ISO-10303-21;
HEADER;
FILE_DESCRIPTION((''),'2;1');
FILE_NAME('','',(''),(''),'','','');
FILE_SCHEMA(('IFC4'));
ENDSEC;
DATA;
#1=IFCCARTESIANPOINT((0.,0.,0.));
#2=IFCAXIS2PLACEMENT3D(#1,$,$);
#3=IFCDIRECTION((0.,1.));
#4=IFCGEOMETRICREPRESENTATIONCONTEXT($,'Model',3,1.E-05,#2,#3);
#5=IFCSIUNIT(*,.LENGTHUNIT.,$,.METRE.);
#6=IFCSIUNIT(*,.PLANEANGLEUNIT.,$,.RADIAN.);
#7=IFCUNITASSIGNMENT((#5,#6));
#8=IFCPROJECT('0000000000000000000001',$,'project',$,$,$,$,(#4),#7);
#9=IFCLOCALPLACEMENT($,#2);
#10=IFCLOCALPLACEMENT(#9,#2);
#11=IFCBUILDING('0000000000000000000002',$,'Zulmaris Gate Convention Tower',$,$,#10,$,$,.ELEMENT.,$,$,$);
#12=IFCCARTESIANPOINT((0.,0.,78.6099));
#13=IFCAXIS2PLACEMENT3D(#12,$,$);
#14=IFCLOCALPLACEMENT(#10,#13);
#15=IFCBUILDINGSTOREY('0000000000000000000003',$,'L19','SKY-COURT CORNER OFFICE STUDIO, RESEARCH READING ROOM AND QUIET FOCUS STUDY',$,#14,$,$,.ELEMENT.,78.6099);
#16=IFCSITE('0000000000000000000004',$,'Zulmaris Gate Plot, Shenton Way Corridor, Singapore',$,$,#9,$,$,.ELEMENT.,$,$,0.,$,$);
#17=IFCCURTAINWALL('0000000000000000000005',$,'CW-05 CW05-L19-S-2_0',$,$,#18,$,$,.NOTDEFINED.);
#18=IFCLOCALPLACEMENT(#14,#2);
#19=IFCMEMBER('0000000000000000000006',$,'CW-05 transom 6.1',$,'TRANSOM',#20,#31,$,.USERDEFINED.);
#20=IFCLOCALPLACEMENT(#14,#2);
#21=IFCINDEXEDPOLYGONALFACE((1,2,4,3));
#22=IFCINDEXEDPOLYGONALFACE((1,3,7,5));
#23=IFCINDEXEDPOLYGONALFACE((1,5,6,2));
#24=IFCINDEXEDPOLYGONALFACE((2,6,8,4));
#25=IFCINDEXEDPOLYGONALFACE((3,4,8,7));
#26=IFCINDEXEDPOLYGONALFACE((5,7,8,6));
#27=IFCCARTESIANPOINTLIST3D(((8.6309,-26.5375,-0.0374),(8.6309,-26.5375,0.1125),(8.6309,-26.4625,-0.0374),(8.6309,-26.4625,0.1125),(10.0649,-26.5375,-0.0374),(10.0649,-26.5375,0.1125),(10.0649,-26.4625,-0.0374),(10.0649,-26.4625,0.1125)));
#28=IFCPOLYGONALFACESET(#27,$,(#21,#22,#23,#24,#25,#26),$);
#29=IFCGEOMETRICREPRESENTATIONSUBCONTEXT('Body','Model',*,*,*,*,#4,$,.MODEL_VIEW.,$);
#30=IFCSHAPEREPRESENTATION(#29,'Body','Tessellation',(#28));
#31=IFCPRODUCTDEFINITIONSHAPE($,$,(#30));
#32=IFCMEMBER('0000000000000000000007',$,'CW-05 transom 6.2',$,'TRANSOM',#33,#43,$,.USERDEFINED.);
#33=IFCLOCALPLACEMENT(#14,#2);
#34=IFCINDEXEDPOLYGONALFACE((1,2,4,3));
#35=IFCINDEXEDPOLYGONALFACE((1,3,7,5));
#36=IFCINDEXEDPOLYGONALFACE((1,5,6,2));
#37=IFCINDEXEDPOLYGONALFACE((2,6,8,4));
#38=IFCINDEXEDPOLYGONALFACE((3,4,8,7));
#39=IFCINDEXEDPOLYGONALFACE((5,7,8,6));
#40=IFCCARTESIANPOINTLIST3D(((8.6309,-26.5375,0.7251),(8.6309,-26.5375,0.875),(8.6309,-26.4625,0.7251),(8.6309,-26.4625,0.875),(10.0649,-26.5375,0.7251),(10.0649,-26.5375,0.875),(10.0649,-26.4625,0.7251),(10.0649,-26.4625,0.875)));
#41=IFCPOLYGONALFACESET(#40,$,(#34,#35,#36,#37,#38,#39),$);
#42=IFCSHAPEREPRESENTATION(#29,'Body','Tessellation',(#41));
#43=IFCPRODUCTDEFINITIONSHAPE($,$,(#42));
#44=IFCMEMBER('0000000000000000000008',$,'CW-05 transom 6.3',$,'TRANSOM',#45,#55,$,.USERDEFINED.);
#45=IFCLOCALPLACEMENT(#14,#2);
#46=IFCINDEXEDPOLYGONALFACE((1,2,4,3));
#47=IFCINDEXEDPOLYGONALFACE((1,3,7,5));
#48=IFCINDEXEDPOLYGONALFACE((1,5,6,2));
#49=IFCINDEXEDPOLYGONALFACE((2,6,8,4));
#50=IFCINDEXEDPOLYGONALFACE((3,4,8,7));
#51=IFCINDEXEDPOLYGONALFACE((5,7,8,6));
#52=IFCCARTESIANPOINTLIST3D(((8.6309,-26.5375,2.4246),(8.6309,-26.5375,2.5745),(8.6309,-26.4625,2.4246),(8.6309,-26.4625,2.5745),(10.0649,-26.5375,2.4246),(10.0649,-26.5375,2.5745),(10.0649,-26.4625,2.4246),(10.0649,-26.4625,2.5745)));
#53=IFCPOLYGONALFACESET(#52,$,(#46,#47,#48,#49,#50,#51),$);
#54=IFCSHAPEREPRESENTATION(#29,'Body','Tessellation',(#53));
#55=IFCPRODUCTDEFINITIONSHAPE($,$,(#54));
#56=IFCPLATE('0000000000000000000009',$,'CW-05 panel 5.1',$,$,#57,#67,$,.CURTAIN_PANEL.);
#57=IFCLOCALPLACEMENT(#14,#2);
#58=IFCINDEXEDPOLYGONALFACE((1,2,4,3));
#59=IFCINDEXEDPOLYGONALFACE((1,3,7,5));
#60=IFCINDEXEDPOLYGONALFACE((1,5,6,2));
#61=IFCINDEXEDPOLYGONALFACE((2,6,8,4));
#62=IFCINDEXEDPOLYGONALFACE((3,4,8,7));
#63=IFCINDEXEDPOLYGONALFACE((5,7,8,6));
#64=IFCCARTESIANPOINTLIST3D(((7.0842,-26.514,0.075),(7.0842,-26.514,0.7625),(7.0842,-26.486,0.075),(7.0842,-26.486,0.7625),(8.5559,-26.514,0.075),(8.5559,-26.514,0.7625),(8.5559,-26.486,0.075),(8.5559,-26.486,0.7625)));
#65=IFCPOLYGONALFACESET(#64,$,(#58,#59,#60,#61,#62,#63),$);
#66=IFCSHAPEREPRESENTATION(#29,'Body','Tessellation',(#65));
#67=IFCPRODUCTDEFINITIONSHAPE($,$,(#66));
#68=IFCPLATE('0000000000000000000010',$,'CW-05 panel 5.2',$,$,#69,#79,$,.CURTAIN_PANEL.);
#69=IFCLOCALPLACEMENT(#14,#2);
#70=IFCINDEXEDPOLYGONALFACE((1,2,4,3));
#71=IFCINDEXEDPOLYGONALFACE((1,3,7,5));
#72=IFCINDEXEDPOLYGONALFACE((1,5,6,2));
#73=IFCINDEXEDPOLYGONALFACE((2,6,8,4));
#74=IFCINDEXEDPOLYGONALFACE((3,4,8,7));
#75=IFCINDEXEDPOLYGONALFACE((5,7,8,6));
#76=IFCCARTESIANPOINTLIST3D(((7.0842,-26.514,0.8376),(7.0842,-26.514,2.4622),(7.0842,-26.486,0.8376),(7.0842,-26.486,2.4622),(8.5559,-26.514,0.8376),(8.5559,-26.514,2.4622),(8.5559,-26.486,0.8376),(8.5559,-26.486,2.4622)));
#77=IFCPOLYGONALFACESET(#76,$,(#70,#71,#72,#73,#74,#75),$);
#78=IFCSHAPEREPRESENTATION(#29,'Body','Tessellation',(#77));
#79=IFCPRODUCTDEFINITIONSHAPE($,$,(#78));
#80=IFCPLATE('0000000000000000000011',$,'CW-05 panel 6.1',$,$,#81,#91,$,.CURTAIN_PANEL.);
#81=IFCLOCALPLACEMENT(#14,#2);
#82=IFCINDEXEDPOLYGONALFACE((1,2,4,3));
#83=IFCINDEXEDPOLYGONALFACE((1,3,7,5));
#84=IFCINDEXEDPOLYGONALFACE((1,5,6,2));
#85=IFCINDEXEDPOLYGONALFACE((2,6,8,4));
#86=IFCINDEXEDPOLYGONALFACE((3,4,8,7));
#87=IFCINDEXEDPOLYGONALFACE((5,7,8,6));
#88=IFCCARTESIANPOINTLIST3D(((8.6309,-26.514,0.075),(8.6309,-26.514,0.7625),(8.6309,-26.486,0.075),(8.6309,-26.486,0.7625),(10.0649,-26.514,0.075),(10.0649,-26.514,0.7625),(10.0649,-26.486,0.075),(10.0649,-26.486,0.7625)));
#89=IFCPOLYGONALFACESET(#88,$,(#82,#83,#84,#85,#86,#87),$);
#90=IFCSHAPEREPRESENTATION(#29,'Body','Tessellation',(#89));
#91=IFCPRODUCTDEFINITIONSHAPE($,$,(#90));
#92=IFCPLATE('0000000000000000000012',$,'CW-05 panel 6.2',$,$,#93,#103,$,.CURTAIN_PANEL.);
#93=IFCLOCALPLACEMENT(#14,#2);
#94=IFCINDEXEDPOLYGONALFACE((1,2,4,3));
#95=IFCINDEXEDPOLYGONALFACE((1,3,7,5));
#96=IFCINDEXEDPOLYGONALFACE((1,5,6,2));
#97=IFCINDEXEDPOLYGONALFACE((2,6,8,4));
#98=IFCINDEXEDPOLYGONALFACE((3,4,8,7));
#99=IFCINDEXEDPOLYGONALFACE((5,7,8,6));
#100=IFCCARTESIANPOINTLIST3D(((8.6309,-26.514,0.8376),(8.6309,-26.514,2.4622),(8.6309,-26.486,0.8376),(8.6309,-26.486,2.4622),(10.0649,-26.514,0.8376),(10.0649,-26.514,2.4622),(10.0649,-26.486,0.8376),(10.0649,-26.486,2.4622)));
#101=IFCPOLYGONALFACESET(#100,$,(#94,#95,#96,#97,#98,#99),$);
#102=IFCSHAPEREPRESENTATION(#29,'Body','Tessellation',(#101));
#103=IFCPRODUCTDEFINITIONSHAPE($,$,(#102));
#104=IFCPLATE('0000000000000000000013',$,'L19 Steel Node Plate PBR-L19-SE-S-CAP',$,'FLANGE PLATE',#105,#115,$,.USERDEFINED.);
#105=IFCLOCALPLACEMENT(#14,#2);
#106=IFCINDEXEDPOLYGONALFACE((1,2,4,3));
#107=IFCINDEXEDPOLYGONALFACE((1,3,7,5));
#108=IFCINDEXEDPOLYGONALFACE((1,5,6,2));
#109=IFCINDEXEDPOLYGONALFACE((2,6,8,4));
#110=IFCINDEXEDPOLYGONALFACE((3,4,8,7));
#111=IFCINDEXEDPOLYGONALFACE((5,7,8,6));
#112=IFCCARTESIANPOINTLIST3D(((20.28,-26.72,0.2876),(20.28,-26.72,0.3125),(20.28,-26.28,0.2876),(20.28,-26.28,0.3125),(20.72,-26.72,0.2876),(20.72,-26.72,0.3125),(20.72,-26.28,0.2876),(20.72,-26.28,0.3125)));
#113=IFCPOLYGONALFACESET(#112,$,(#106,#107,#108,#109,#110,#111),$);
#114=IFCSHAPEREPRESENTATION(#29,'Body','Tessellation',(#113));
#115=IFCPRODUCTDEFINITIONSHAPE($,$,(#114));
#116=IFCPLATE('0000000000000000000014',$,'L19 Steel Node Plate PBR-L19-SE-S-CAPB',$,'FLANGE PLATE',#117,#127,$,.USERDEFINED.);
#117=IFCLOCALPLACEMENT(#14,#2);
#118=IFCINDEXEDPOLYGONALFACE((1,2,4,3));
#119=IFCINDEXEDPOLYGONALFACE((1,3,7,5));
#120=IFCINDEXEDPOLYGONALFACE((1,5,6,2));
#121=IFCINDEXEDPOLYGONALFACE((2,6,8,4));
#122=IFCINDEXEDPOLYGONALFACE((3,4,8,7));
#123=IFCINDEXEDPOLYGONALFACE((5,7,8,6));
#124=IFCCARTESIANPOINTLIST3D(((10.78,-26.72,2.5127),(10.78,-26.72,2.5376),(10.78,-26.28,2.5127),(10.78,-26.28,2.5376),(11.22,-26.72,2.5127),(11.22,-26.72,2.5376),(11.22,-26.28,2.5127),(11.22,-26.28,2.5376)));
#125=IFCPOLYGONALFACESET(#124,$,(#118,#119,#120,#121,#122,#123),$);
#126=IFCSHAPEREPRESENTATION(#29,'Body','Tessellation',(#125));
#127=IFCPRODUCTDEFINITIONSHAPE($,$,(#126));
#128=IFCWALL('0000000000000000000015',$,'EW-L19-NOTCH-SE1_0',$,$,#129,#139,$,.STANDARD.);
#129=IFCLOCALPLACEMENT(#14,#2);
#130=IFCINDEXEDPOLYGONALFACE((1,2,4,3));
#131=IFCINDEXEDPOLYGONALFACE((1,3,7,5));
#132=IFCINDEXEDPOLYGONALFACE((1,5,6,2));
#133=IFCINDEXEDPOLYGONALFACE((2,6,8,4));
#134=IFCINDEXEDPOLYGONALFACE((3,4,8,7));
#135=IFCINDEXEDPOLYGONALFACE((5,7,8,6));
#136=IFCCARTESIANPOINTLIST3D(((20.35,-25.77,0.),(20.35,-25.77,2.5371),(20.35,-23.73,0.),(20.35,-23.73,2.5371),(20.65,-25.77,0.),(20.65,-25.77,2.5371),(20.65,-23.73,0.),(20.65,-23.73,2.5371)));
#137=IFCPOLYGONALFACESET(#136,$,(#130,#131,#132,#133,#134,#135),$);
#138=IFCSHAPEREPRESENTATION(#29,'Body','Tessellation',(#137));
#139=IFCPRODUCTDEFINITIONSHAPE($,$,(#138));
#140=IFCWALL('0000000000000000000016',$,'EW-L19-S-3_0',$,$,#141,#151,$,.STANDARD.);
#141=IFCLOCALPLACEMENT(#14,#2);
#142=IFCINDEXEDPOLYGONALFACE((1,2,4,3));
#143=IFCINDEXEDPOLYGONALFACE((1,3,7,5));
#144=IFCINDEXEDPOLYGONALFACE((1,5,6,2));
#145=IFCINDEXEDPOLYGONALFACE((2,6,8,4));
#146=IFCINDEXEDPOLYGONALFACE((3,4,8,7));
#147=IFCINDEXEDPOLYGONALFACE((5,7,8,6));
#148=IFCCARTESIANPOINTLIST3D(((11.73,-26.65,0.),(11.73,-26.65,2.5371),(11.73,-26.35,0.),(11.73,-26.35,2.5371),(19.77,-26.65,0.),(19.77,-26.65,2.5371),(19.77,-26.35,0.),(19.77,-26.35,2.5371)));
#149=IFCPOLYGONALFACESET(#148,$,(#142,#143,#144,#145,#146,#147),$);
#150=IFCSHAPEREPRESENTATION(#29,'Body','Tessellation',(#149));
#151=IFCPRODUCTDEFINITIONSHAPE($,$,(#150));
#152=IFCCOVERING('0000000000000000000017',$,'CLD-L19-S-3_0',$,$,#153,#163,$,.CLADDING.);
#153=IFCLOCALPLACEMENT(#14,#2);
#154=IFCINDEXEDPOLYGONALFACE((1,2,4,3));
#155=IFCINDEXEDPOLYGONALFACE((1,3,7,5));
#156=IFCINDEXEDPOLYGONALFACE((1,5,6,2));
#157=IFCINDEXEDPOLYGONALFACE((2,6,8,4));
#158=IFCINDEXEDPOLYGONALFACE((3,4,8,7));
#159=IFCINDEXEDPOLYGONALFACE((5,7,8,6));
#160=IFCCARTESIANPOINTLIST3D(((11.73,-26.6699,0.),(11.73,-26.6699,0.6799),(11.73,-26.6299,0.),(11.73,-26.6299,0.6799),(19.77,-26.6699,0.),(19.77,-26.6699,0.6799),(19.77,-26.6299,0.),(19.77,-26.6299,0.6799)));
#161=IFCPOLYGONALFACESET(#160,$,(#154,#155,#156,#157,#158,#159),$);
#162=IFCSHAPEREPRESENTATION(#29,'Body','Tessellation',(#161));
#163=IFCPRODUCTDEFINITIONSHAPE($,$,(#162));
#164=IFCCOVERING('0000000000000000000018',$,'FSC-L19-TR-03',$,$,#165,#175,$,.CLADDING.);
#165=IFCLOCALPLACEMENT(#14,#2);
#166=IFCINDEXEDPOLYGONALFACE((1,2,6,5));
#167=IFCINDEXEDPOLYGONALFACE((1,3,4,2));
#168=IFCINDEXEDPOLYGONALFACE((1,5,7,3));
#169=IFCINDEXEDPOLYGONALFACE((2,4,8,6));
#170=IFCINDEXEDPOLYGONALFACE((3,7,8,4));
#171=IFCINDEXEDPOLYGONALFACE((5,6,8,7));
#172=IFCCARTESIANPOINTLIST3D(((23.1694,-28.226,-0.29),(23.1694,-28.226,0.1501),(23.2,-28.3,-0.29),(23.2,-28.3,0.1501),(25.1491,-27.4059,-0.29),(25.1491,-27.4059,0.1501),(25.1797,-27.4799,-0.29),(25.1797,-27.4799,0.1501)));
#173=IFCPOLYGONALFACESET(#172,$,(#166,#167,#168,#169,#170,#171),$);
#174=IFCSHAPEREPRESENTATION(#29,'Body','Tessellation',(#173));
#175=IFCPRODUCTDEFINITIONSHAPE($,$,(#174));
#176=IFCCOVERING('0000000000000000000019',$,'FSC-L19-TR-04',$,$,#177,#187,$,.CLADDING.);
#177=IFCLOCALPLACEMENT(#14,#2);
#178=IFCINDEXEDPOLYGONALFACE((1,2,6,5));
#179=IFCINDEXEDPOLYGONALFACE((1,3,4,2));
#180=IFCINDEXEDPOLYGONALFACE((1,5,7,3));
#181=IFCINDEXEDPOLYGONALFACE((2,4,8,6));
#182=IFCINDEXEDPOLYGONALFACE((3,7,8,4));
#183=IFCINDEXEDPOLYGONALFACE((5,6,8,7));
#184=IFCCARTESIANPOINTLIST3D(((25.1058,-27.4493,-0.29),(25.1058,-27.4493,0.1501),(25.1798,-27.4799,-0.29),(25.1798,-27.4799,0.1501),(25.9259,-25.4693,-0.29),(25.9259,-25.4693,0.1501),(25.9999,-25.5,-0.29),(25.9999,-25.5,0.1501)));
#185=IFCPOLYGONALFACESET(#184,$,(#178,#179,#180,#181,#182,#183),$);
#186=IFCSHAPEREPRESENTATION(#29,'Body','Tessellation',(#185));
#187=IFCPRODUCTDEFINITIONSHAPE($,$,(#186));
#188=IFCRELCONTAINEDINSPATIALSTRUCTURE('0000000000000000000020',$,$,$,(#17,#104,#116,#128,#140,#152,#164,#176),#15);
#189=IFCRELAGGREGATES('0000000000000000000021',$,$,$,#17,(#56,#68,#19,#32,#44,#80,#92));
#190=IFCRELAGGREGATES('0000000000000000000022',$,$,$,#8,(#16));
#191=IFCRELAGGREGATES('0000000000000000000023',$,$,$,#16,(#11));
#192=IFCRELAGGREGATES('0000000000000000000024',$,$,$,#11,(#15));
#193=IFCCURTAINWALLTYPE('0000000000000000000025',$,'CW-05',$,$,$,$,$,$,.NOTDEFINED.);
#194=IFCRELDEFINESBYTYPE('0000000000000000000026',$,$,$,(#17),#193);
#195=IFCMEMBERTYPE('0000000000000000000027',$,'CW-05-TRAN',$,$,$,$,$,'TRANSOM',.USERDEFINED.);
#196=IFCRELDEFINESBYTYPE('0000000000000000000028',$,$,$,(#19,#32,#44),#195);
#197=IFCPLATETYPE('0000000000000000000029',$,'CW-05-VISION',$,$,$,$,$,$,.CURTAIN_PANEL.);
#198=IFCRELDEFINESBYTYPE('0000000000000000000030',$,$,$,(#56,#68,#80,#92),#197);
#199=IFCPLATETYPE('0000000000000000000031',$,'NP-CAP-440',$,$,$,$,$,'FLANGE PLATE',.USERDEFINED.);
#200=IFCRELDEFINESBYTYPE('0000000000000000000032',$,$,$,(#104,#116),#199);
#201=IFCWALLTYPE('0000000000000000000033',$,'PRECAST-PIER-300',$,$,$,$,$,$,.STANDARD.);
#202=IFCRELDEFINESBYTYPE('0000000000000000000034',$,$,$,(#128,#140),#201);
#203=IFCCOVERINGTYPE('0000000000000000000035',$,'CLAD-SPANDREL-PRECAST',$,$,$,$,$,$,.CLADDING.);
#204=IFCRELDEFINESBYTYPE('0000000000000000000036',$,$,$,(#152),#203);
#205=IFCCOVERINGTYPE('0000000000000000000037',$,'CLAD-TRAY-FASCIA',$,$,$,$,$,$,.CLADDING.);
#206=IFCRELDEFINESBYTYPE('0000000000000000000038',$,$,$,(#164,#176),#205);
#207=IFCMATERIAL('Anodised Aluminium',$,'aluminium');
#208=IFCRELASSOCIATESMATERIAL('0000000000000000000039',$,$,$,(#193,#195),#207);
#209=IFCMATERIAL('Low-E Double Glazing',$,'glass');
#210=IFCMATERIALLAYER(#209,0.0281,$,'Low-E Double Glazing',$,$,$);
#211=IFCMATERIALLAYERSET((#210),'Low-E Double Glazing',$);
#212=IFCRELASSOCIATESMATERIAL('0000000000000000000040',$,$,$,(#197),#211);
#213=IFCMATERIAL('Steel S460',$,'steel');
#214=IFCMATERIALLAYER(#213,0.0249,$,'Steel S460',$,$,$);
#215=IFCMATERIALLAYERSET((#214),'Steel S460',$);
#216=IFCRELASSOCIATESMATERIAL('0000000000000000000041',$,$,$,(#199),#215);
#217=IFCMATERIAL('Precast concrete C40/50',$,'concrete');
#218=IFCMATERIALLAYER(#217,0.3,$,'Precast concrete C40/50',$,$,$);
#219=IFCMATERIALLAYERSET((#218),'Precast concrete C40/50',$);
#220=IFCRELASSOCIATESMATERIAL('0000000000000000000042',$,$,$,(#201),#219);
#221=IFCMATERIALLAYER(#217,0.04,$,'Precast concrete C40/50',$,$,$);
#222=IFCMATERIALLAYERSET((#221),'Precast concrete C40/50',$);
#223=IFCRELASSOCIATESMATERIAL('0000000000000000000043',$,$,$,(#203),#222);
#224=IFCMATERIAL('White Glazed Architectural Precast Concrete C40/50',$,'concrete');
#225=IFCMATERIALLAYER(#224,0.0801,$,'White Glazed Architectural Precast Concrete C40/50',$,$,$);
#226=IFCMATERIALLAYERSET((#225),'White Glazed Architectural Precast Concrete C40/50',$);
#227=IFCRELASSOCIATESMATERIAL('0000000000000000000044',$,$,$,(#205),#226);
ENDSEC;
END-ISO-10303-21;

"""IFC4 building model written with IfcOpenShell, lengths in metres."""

from ifc_helpers import new_model, si_unit, direction, frame, frame_2d, origin, origin_2d, place, context, subcontext, project, spatial, rectangle, extrude, material, layer, layer_set, material_profile, profile_set, type_object, element, aggregate, save


model = new_model("IFC4")

# Units and contexts
model_context = context("Model", 3, precision=1e-05, world=origin(), true_north=direction((0.0, 1.0)))
body_context = subcontext(model_context, "Body", "Model", "MODEL_VIEW")
ifc_project = project(units=[si_unit("LENGTHUNIT", "METRE"), si_unit("PLANEANGLEUNIT", "RADIAN")], contexts=[model_context])

# Site, building, storey
site_placement = place(None, origin())
site = spatial("IfcSite", under=ifc_project, at=site_placement, Name="Zulmaris Gate Plot, Shenton Way Corridor, Singapore", CompositionType="ELEMENT", RefElevation=0.0)
building_placement = place(site_placement, origin())
building = spatial("IfcBuilding", under=site, at=building_placement, Name="Zulmaris Gate Convention Tower", CompositionType="ELEMENT")
storey_placement = place(building_placement, frame((0.0, 0.0, 78.6099)))
storey = spatial("IfcBuildingStorey", under=building, at=storey_placement, Name="L19", Description="SKY-COURT CORNER OFFICE STUDIO, RESEARCH READING ROOM AND QUIET FOCUS STUDY", CompositionType="ELEMENT", Elevation=78.6099)

# Shared definitions
ifc_material_1 = material(Name="Steel S460", Category="steel")

# Curtain wall, members, plates
ifc_material_2 = material(Name="Anodised Aluminium", Category="aluminium")
curtain_wall_type = type_object("IfcCurtainWallType", Name="CW-05", PredefinedType="NOTDEFINED", material=ifc_material_2)
curtain_wall_placement = place(storey_placement, origin())
curtain_wall = element("IfcCurtainWall", 1, at=curtain_wall_placement, inside=storey, type_object=curtain_wall_type, Name="CW-05 CW05-L19-S-2_0", PredefinedType="NOTDEFINED")
ifc_material_profile_1 = material_profile(ifc_material_2, rectangle(XDim=0.075, YDim=0.1499, at=origin_2d()), Name="ALU TRANSOM 75x150")
ifc_profile_set_1 = profile_set([ifc_material_profile_1], Name="Anodised Aluminium")
member_type_1 = type_object("IfcMemberType", Name="CW-05-TRAN", ElementType="TRANSOM", PredefinedType="USERDEFINED", material=ifc_profile_set_1)
member_1_placement = place(storey_placement, frame((8.6309, -26.5, 0.0376), z_axis=(1.0, 0.0, 0.0), x_axis=(0.0, 1.0, 0.0)))
member_1 = element("IfcMember", 2, at=member_1_placement, type_object=member_type_1, Name="CW-05 transom 6.1", ObjectType="TRANSOM", PredefinedType="USERDEFINED", context=body_context, shape_type="SweptSolid", body=[
    extrude(rectangle(XDim=0.075, YDim=0.1499, at=origin_2d()), origin(), (0.0, 0.0, 1.0), 1.4341),
])
member_2_placement = place(storey_placement, frame((8.6309, -26.5, 0.8), z_axis=(1.0, 0.0, 0.0), x_axis=(0.0, 1.0, 0.0)))
member_2 = element("IfcMember", 3, at=member_2_placement, type_object=member_type_1, Name="CW-05 transom 6.2", ObjectType="TRANSOM", PredefinedType="USERDEFINED", context=body_context, shape_type="SweptSolid", body=[
    extrude(rectangle(XDim=0.075, YDim=0.1499, at=origin_2d()), origin(), (0.0, 0.0, 1.0), 1.4341),
])
member_3_placement = place(storey_placement, frame((8.6309, -26.5, 2.4995), z_axis=(1.0, 0.0, 0.0), x_axis=(0.0, 1.0, 0.0)))
member_3 = element("IfcMember", 4, at=member_3_placement, type_object=member_type_1, Name="CW-05 transom 6.3", ObjectType="TRANSOM", PredefinedType="USERDEFINED", context=body_context, shape_type="SweptSolid", body=[
    extrude(rectangle(XDim=0.075, YDim=0.1499, at=origin_2d()), origin(), (0.0, 0.0, 1.0), 1.4341),
])
ifc_material_3 = material(Name="Low-E Double Glazing", Category="glass")
ifc_layer_1 = layer(ifc_material_3, 0.0281, Name="Low-E Double Glazing")
ifc_layer_set_1 = layer_set([ifc_layer_1], Name="Low-E Double Glazing")
plate_type_1 = type_object("IfcPlateType", Name="CW-05-VISION", PredefinedType="CURTAIN_PANEL", material=ifc_layer_set_1)
plate_1_placement = place(storey_placement, frame((7.8201, -26.5, 0.075), z_axis=(0.0, 0.0, 1.0), x_axis=(1.0, 0.0, 0.0)))
plate_1 = element("IfcPlate", 5, at=plate_1_placement, type_object=plate_type_1, Name="CW-05 panel 5.1", PredefinedType="CURTAIN_PANEL", context=body_context, shape_type="SweptSolid", body=[
    extrude(rectangle(XDim=1.4717, YDim=0.0281, at=origin_2d()), origin(), (0.0, 0.0, 1.0), 0.6875),
])
plate_2_placement = place(storey_placement, frame((7.8201, -26.5, 0.8376), z_axis=(0.0, 0.0, 1.0), x_axis=(1.0, 0.0, 0.0)))
plate_2 = element("IfcPlate", 6, at=plate_2_placement, type_object=plate_type_1, Name="CW-05 panel 5.2", PredefinedType="CURTAIN_PANEL", context=body_context, shape_type="SweptSolid", body=[
    extrude(rectangle(XDim=1.4717, YDim=0.0281, at=origin_2d()), origin(), (0.0, 0.0, 1.0), 1.6245),
])
plate_3_placement = place(storey_placement, frame((9.3479, -26.5, 0.075), z_axis=(0.0, 0.0, 1.0), x_axis=(1.0, 0.0, 0.0)))
plate_3 = element("IfcPlate", 7, at=plate_3_placement, type_object=plate_type_1, Name="CW-05 panel 6.1", PredefinedType="CURTAIN_PANEL", context=body_context, shape_type="SweptSolid", body=[
    extrude(rectangle(XDim=1.4341, YDim=0.0281, at=origin_2d()), origin(), (0.0, 0.0, 1.0), 0.6875),
])
plate_4_placement = place(storey_placement, frame((9.3479, -26.5, 0.8376), z_axis=(0.0, 0.0, 1.0), x_axis=(1.0, 0.0, 0.0)))
plate_4 = element("IfcPlate", 8, at=plate_4_placement, type_object=plate_type_1, Name="CW-05 panel 6.2", PredefinedType="CURTAIN_PANEL", context=body_context, shape_type="SweptSolid", body=[
    extrude(rectangle(XDim=1.4341, YDim=0.0281, at=origin_2d()), origin(), (0.0, 0.0, 1.0), 1.6245),
])
aggregate(curtain_wall, [plate_1, plate_2, member_1, member_2, member_3, plate_3, plate_4])

# Plates
ifc_layer_2 = layer(ifc_material_1, 0.0249, Name="Steel S460")
ifc_layer_set_2 = layer_set([ifc_layer_2], Name="Steel S460")
plate_type_2 = type_object("IfcPlateType", Name="NP-CAP-440", ElementType="FLANGE PLATE", PredefinedType="USERDEFINED", material=ifc_layer_set_2)
for number, where, z_axis, x_axis, name in (
    (9, (20.5, -26.5, 0.2876), (0.0, 0.0, 1.0), (1.0, 0.0, 0.0), "L19 Steel Node Plate PBR-L19-SE-S-CAP"),
    (10, (11.0, -26.5, 2.5127), (0.0, 0.0, 1.0), (1.0, 0.0, 0.0), "L19 Steel Node Plate PBR-L19-SE-S-CAPB"),
):
    element("IfcPlate", number, at=place(storey_placement, frame(where, z_axis=z_axis, x_axis=x_axis)), inside=storey, type_object=plate_type_2, Name=name, ObjectType="FLANGE PLATE", PredefinedType="USERDEFINED", context=body_context, shape_type="SweptSolid", body=[
        extrude(rectangle(XDim=0.4399, YDim=0.4399, at=origin_2d()), origin(), (0.0, 0.0, 1.0), 0.0249),
    ])

# Walls
ifc_material_4 = material(Name="Precast concrete C40/50", Category="concrete")
ifc_layer_3 = layer(ifc_material_4, 0.3, Name="Precast concrete C40/50")
ifc_layer_set_3 = layer_set([ifc_layer_3], Name="Precast concrete C40/50")
wall_type = type_object("IfcWallType", Name="PRECAST-PIER-300", PredefinedType="STANDARD", material=ifc_layer_set_3)
wall_1_placement = place(storey_placement, frame((20.5, -25.77, 0.0), z_axis=(0.0, 0.0, 1.0), x_axis=(0.0, 1.0, 0.0)))
element("IfcWall", 11, at=wall_1_placement, inside=storey, type_object=wall_type, Name="EW-L19-NOTCH-SE1_0", PredefinedType="STANDARD", context=body_context, shape_type="SweptSolid", body=[
    extrude(rectangle(XDim=2.04, YDim=0.3, at=frame_2d((1.02, 0.0))), origin(), (0.0, 0.0, 1.0), 2.5371),
])
wall_2_placement = place(storey_placement, frame((11.73, -26.5, 0.0), z_axis=(0.0, 0.0, 1.0), x_axis=(1.0, 0.0, 0.0)))
element("IfcWall", 12, at=wall_2_placement, inside=storey, type_object=wall_type, Name="EW-L19-S-3_0", PredefinedType="STANDARD", context=body_context, shape_type="SweptSolid", body=[
    extrude(rectangle(XDim=8.04, YDim=0.3, at=frame_2d((4.02, 0.0))), origin(), (0.0, 0.0, 1.0), 2.5371),
])

# Coverings
ifc_layer_4 = layer(ifc_material_4, 0.04, Name="Precast concrete C40/50")
ifc_layer_set_4 = layer_set([ifc_layer_4], Name="Precast concrete C40/50")
covering_type_1 = type_object("IfcCoveringType", Name="CLAD-SPANDREL-PRECAST", PredefinedType="CLADDING", material=ifc_layer_set_4)
covering_1_placement = place(storey_placement, frame((11.73, -26.6499, 0.0), z_axis=(0.0, 0.0, 1.0), x_axis=(1.0, 0.0, 0.0)))
element("IfcCovering", 13, at=covering_1_placement, inside=storey, type_object=covering_type_1, Name="CLD-L19-S-3_0", PredefinedType="CLADDING", context=body_context, shape_type="SweptSolid", body=[
    extrude(rectangle(XDim=8.04, YDim=0.04, at=frame_2d((4.02, 0.0))), origin(), (0.0, 0.0, 1.0), 0.6799),
])
ifc_material_5 = material(Name="White Glazed Architectural Precast Concrete C40/50", Category="concrete")
ifc_layer_5 = layer(ifc_material_5, 0.0801, Name="White Glazed Architectural Precast Concrete C40/50")
ifc_layer_set_5 = layer_set([ifc_layer_5], Name="White Glazed Architectural Precast Concrete C40/50")
covering_type_2 = type_object("IfcCoveringType", Name="CLAD-TRAY-FASCIA", PredefinedType="CLADDING", material=ifc_layer_set_5)
covering_2_placement = place(storey_placement, frame((23.1848, -28.2629, -0.29), z_axis=(0.0, 0.0, 1.0), x_axis=(0.923874, 0.382697, 0.0)))
element("IfcCovering", 14, at=covering_2_placement, inside=storey, type_object=covering_type_2, Name="FSC-L19-TR-03", PredefinedType="CLADDING", context=body_context, shape_type="SweptSolid", body=[
    extrude(rectangle(XDim=2.1428, YDim=0.0801, at=frame_2d((1.0713, 0.0))), origin(), (0.0, 0.0, 1.0), 0.4402),
])
covering_3_placement = place(storey_placement, frame((25.1428, -27.4646, -0.29), z_axis=(0.0, 0.0, 1.0), x_axis=(0.382657, 0.92389, 0.0)))
element("IfcCovering", 15, at=covering_3_placement, inside=storey, type_object=covering_type_2, Name="FSC-L19-TR-04", PredefinedType="CLADDING", context=body_context, shape_type="SweptSolid", body=[
    extrude(rectangle(XDim=2.1431, YDim=0.0801, at=frame_2d((1.0715, 0.0))), origin(), (0.0, 0.0, 1.0), 0.4402),
])

save(model, "model.ifc")
